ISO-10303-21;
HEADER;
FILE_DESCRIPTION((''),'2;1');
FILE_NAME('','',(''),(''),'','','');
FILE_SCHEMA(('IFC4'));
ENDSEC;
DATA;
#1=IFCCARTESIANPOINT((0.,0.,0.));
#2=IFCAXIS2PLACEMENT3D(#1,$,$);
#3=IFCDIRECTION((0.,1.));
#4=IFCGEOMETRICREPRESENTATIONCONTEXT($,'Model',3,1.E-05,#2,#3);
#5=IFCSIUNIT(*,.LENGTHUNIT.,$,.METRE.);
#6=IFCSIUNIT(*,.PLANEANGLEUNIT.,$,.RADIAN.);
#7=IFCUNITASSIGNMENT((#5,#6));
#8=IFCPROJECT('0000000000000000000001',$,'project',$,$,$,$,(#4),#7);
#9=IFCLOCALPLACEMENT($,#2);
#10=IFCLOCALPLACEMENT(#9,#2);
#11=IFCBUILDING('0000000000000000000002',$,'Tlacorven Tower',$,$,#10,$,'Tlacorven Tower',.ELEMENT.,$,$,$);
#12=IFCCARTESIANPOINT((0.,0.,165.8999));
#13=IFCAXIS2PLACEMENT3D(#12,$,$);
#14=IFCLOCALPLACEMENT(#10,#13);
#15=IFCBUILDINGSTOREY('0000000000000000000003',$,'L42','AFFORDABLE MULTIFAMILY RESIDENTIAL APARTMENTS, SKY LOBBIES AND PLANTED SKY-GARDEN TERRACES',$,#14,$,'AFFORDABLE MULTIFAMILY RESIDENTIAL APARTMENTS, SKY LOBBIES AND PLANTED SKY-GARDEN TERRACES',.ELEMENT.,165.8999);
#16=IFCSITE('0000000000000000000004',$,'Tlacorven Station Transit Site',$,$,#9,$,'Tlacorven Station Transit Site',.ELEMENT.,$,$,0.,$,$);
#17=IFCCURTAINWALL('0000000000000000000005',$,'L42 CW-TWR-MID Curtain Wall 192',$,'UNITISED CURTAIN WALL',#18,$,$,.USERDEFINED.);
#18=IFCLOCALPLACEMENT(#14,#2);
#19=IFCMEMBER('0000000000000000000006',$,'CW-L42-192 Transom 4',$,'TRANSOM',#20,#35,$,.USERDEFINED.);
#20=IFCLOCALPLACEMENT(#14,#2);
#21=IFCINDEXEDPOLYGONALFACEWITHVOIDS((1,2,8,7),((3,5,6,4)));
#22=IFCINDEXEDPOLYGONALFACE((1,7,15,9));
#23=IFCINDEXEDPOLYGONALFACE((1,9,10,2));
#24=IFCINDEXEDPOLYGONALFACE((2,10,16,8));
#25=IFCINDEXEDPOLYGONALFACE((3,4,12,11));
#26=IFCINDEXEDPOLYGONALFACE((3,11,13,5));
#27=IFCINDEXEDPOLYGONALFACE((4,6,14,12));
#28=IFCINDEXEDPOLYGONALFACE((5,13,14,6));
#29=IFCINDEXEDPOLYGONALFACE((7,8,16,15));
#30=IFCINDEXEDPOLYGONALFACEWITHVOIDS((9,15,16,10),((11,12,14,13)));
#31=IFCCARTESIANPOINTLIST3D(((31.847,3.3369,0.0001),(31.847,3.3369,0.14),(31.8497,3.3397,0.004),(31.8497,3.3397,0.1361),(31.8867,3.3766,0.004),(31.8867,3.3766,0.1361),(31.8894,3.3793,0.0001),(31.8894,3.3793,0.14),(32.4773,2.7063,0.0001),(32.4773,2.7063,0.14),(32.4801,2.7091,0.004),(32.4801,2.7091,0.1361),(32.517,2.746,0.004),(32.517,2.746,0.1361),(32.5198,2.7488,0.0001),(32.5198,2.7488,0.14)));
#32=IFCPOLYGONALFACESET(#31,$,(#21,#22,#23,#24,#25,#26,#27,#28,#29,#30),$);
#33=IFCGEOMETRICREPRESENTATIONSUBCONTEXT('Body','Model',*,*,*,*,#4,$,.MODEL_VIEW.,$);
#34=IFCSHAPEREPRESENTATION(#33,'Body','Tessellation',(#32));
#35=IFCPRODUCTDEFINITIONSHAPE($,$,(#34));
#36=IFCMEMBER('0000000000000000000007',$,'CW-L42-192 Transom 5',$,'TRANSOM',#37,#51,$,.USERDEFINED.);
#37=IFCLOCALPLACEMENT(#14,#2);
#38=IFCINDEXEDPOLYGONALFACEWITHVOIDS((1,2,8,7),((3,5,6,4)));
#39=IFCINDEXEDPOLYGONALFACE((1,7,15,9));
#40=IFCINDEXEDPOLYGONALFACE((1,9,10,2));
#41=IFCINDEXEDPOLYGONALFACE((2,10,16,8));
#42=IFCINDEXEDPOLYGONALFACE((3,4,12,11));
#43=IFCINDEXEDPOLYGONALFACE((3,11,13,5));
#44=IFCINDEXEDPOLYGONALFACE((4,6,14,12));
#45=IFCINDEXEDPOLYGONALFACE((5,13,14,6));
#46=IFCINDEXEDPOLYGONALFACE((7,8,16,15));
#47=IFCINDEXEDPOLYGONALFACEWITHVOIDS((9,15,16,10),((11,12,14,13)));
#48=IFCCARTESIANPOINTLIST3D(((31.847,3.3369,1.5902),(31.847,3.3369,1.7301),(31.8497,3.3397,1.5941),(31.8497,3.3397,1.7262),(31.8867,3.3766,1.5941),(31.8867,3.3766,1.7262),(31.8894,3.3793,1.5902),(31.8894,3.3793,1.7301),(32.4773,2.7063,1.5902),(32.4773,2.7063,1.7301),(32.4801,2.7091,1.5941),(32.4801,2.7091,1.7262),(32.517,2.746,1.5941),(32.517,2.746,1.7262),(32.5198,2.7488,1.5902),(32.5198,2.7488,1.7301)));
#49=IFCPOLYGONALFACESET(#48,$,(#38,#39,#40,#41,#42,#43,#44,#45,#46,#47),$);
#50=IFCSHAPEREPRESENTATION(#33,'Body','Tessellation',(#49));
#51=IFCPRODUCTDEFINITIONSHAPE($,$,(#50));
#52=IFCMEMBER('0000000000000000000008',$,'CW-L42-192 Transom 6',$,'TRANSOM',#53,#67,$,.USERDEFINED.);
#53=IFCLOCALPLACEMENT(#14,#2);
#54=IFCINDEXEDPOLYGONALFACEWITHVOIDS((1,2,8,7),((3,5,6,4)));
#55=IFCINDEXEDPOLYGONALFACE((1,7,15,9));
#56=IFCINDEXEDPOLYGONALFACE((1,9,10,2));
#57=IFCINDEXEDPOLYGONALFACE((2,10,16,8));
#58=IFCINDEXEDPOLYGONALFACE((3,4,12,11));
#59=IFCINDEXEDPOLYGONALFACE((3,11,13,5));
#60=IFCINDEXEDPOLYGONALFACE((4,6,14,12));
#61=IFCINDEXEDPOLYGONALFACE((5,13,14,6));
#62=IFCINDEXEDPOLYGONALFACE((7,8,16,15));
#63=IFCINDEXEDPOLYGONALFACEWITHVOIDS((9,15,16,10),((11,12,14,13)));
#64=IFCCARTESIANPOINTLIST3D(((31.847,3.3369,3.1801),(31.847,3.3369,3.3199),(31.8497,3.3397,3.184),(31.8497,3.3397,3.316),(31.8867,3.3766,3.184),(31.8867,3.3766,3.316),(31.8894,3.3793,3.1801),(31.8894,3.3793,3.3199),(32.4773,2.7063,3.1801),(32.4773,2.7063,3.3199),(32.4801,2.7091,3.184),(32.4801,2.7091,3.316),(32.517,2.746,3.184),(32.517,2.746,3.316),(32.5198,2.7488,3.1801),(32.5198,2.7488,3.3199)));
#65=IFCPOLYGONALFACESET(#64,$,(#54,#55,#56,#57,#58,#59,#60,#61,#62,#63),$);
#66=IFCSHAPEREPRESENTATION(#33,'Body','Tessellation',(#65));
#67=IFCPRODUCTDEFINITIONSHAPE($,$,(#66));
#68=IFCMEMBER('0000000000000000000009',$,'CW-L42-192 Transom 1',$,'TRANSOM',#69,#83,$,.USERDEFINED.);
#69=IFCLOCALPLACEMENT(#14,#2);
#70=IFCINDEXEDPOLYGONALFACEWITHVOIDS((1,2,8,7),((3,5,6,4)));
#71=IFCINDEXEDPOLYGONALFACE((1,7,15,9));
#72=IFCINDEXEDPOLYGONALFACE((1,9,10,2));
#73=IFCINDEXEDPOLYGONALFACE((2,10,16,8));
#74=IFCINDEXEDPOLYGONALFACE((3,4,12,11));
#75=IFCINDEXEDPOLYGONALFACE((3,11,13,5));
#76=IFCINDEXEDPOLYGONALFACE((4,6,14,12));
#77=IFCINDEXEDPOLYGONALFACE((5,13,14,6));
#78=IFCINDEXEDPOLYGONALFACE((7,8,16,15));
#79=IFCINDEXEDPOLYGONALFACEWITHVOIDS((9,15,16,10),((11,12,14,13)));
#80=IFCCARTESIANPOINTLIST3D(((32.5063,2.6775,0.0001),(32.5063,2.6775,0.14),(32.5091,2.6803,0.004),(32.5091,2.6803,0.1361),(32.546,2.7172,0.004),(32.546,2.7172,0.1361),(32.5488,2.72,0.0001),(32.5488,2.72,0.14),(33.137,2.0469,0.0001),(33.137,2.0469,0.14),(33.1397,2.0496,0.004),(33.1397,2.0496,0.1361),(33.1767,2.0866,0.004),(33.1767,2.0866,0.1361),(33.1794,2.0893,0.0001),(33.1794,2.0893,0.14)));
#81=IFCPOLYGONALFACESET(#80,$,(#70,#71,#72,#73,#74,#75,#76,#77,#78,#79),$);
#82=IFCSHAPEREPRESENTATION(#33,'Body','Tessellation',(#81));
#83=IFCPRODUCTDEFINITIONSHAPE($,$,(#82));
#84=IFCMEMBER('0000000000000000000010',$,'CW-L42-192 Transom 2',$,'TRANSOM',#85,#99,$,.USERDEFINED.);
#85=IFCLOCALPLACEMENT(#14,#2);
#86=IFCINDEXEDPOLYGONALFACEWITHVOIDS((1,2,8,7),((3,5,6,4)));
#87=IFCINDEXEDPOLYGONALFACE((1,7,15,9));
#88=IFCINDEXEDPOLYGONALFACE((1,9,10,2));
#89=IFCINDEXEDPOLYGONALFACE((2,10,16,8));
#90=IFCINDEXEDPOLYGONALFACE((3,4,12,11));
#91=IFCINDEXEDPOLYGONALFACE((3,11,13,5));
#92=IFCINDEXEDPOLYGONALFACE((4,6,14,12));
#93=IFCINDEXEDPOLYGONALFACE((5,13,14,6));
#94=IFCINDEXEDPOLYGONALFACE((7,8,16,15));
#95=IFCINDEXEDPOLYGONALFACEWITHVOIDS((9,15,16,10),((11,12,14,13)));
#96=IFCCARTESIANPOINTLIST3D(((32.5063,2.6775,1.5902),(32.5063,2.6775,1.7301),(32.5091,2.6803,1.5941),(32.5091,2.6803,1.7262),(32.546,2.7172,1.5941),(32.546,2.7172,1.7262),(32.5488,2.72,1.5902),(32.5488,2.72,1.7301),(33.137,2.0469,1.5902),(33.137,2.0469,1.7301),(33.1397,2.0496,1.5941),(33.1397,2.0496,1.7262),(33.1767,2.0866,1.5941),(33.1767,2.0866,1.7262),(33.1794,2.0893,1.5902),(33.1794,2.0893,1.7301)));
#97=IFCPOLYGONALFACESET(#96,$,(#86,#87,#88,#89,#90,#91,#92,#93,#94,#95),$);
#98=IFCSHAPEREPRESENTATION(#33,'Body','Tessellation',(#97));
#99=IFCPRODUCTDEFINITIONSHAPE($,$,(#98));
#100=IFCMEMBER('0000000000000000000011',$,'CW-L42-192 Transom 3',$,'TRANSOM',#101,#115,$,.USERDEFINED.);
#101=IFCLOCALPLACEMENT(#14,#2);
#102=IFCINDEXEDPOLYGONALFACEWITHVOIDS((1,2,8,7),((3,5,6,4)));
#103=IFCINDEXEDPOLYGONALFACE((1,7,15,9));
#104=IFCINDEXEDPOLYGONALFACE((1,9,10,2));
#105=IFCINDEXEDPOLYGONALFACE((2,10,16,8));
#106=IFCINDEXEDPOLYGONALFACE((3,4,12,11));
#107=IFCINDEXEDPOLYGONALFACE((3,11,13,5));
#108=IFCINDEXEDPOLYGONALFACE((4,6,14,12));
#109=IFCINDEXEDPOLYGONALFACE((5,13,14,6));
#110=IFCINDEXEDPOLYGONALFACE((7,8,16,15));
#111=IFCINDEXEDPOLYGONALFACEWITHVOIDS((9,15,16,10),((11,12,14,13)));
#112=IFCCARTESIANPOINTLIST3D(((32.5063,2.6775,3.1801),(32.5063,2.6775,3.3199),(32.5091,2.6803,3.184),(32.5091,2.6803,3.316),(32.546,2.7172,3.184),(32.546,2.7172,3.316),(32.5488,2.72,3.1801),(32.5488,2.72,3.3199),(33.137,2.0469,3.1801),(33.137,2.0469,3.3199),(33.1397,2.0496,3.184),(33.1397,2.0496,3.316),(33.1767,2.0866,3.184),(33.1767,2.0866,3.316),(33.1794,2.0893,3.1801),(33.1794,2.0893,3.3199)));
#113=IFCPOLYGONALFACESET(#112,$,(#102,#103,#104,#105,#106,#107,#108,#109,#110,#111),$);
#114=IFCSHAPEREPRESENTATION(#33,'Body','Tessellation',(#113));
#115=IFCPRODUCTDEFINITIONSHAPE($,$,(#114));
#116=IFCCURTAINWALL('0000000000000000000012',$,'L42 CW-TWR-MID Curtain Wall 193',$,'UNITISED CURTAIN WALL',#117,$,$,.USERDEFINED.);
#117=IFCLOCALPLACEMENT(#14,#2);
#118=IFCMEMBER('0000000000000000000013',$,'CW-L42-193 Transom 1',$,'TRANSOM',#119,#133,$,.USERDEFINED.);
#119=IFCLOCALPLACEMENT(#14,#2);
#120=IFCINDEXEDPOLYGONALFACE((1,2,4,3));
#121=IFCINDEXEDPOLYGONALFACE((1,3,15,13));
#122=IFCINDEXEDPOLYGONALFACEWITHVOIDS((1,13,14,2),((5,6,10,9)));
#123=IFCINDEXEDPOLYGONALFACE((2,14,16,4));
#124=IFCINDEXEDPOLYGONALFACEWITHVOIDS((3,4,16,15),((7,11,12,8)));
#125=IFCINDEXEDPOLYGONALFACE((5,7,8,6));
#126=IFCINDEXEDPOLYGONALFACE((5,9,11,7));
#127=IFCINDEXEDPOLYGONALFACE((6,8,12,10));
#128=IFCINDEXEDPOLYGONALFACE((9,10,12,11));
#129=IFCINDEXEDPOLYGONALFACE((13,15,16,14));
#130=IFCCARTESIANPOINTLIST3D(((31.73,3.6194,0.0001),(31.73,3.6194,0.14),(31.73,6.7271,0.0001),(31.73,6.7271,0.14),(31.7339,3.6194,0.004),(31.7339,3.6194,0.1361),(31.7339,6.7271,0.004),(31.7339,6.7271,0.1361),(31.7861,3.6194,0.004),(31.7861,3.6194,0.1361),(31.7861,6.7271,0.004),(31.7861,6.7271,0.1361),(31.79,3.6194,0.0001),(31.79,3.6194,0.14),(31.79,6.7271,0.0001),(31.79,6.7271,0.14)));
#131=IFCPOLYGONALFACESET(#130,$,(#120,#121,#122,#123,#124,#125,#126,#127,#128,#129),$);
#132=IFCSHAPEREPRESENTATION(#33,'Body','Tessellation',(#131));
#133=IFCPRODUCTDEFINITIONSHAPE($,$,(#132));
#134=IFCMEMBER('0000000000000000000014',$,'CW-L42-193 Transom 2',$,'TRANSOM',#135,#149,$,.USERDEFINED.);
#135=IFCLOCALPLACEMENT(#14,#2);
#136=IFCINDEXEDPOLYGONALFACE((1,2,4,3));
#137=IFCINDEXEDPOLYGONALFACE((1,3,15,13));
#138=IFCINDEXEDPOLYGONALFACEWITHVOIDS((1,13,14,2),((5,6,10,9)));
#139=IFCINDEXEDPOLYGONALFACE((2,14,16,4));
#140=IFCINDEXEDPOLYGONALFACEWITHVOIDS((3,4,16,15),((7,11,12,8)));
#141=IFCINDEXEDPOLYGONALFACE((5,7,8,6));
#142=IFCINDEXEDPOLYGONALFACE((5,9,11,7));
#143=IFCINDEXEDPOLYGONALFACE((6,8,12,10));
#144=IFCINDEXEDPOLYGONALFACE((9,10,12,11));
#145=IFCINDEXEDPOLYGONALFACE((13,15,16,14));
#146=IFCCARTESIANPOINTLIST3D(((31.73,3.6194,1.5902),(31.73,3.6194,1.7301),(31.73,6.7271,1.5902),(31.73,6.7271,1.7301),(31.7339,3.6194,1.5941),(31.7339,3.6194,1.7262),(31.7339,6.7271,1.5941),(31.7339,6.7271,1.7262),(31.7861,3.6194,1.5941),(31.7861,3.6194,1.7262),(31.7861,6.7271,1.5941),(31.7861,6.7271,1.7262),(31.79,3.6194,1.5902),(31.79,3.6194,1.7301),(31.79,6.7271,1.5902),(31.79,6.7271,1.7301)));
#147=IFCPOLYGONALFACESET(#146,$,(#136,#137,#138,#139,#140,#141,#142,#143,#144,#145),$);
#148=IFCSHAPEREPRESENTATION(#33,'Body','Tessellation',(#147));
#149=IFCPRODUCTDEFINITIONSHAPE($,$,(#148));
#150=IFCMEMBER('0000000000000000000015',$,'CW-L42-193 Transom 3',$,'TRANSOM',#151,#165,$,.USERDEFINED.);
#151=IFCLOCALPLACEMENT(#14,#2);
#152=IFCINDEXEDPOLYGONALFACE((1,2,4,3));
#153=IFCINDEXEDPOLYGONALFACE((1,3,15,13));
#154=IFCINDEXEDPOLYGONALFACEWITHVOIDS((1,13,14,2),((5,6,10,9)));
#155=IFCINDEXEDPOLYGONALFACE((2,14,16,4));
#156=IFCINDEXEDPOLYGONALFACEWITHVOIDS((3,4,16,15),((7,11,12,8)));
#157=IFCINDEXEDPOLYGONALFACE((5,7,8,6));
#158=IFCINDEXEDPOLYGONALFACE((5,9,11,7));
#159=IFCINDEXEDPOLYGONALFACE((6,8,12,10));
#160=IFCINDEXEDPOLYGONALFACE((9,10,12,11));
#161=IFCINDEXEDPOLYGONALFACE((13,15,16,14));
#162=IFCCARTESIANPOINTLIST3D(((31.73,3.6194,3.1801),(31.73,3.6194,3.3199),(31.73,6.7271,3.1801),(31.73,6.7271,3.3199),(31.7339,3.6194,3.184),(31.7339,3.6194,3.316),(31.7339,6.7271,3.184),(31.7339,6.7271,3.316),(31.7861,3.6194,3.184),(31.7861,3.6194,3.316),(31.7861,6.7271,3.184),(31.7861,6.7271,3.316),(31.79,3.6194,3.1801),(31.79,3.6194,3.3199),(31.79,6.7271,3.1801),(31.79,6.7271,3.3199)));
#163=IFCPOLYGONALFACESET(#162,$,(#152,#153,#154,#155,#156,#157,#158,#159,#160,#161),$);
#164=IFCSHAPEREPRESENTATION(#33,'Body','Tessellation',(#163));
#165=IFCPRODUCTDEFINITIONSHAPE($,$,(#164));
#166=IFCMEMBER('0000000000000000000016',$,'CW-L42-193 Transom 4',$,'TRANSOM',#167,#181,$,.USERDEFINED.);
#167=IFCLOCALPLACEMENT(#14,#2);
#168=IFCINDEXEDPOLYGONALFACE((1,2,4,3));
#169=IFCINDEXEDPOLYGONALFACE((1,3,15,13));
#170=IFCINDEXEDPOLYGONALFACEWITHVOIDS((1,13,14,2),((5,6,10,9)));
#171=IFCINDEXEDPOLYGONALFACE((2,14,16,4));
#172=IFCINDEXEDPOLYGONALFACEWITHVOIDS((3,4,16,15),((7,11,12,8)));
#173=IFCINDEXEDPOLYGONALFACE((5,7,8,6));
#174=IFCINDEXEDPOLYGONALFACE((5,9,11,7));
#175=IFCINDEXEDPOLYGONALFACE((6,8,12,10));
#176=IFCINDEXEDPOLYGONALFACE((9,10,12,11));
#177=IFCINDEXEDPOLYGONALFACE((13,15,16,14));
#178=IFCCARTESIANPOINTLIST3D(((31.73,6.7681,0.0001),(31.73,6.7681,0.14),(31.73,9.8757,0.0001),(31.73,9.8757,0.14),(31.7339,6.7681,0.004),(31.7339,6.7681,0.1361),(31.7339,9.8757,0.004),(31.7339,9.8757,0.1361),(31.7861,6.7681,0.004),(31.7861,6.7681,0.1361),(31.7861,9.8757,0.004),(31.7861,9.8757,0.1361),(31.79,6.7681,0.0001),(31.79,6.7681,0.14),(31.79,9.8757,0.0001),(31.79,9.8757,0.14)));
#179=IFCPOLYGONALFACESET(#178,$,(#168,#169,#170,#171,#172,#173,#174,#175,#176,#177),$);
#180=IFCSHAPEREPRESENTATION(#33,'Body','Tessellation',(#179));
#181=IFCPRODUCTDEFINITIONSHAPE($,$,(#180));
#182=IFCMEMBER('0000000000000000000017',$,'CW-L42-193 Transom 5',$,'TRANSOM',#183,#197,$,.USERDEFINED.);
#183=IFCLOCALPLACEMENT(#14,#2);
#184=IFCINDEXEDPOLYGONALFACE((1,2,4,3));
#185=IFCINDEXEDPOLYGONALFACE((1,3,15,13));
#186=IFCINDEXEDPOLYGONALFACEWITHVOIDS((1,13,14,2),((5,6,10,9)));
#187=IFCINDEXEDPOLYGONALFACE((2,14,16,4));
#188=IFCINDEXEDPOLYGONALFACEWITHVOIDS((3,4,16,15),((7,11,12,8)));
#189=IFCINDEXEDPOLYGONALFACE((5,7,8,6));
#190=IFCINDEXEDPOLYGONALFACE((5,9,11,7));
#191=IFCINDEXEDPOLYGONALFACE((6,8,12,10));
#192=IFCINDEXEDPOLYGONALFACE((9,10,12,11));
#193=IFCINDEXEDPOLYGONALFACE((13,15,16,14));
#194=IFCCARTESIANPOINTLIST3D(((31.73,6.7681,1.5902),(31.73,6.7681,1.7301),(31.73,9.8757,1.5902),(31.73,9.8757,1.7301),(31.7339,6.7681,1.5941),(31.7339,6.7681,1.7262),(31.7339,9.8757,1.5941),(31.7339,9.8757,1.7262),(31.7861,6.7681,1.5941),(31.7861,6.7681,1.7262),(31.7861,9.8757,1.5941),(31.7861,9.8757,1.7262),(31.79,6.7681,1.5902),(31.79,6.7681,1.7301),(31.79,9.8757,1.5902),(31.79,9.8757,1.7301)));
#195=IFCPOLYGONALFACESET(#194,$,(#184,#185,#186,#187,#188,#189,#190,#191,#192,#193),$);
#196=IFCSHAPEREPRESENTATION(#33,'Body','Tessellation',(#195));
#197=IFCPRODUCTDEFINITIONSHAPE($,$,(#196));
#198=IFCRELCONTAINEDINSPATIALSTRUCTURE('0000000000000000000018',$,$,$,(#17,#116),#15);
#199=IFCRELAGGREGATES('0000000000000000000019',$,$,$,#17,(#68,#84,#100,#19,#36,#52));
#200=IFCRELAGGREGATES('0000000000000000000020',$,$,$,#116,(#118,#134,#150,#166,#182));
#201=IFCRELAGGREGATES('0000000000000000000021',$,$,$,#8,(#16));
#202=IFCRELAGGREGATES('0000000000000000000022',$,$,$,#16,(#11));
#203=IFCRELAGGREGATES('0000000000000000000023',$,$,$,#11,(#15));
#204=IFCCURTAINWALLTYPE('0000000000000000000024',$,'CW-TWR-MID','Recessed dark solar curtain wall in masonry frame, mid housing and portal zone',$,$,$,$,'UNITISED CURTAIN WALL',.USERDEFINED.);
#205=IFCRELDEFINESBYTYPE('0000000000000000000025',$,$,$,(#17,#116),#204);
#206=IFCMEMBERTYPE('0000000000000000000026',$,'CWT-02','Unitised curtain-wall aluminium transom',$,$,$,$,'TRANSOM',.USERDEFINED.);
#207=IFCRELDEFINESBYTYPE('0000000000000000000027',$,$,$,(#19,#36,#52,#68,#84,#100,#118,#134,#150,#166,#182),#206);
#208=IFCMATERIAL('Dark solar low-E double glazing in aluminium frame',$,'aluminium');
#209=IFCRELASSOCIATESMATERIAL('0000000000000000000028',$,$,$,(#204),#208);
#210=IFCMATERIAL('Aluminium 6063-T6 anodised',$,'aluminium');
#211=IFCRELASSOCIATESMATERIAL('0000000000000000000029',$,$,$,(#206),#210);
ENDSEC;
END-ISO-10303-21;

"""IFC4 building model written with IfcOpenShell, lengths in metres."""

from ifc_helpers import new_model, si_unit, direction, frame, origin, origin_2d, place, context, subcontext, project, spatial, hollow_rectangle, extrude, source, transform, mapped, material, material_profile, profile_set, type_object, element, aggregate, save


model = new_model("IFC4")

# Units and contexts
model_context = context("Model", 3, precision=1e-05, world=origin(), true_north=direction((0.0, 1.0)))
body_context = subcontext(model_context, "Body", "Model", "MODEL_VIEW")
ifc_project = project(units=[si_unit("LENGTHUNIT", "METRE"), si_unit("PLANEANGLEUNIT", "RADIAN")], contexts=[model_context])

# Site, building, storey
site_placement = place(None, origin())
site = spatial("IfcSite", under=ifc_project, at=site_placement, Name="Tlacorven Station Transit Site", LongName="Tlacorven Station Transit Site", CompositionType="ELEMENT", RefElevation=0.0)
building_placement = place(site_placement, origin())
building = spatial("IfcBuilding", under=site, at=building_placement, Name="Tlacorven Tower", LongName="Tlacorven Tower", CompositionType="ELEMENT")
storey_placement = place(building_placement, frame((0.0, 0.0, 165.8999)))
storey = spatial("IfcBuildingStorey", under=building, at=storey_placement, Name="L42", Description="AFFORDABLE MULTIFAMILY RESIDENTIAL APARTMENTS, SKY LOBBIES AND PLANTED SKY-GARDEN TERRACES", LongName="AFFORDABLE MULTIFAMILY RESIDENTIAL APARTMENTS, SKY LOBBIES AND PLANTED SKY-GARDEN TERRACES", CompositionType="ELEMENT", Elevation=165.8999)

# Curtain walls, members
ifc_material_1 = material(Name="Dark solar low-E double glazing in aluminium frame", Category="aluminium")
curtain_wall_type = type_object("IfcCurtainWallType", Name="CW-TWR-MID", Description="Recessed dark solar curtain wall in masonry frame, mid housing and portal zone", ElementType="UNITISED CURTAIN WALL", PredefinedType="USERDEFINED", material=ifc_material_1)
curtain_wall_1_placement = place(storey_placement, origin())
curtain_wall_1 = element("IfcCurtainWall", 1, at=curtain_wall_1_placement, inside=storey, type_object=curtain_wall_type, Name="L42 CW-TWR-MID Curtain Wall 192", ObjectType="UNITISED CURTAIN WALL", PredefinedType="USERDEFINED")
ifc_material_2 = material(Name="Aluminium 6063-T6 anodised", Category="aluminium")
ifc_material_profile_1 = material_profile(ifc_material_2, hollow_rectangle(XDim=0.0601, YDim=0.1399, WallThickness=0.0039, at=origin_2d()), Name="ALU TRANSOM 60X140")
ifc_profile_set_1 = profile_set([ifc_material_profile_1], Name="Aluminium 6063-T6 anodised")
member_type_1 = type_object("IfcMemberType", Name="CWT-02", Description="Unitised curtain-wall aluminium transom", ElementType="TRANSOM", PredefinedType="USERDEFINED", material=ifc_profile_set_1)
shared_shape_1 = source(origin(), body_context, "Body", "SweptSolid", [
    extrude(hollow_rectangle(XDim=0.0601, YDim=0.1399, WallThickness=0.0039, at=origin_2d()), origin(), (0.0, 0.0, 1.0), 0.8916),
])
member_1_placement = place(storey_placement, frame((32.4985, 2.7275, 0.0701), z_axis=(-0.70697, 0.707244, 0.0), x_axis=(-0.707244, -0.70697, 0.0)))
member_1 = element("IfcMember", 2, at=member_1_placement, type_object=member_type_1, Name="CW-L42-192 Transom 4", ObjectType="TRANSOM", PredefinedType="USERDEFINED", context=body_context, shape_type="MappedRepresentation", body=[
    mapped(shared_shape_1, transform((0.0, 0.0, 0.0), scale=1.0)),
])
member_2_placement = place(storey_placement, frame((32.4985, 2.7275, 1.6602), z_axis=(-0.70697, 0.707244, 0.0), x_axis=(-0.707244, -0.70697, 0.0)))
member_2 = element("IfcMember", 3, at=member_2_placement, type_object=member_type_1, Name="CW-L42-192 Transom 5", ObjectType="TRANSOM", PredefinedType="USERDEFINED", context=body_context, shape_type="MappedRepresentation", body=[
    mapped(shared_shape_1, transform((0.0, 0.0, 0.0), scale=1.0)),
])
member_3_placement = place(storey_placement, frame((32.4985, 2.7275, 3.25), z_axis=(-0.70697, 0.707244, 0.0), x_axis=(-0.707244, -0.70697, 0.0)))
member_3 = element("IfcMember", 4, at=member_3_placement, type_object=member_type_1, Name="CW-L42-192 Transom 6", ObjectType="TRANSOM", PredefinedType="USERDEFINED", context=body_context, shape_type="MappedRepresentation", body=[
    mapped(shared_shape_1, transform((0.0, 0.0, 0.0), scale=1.0)),
])
shared_shape_2 = source(origin(), body_context, "Body", "SweptSolid", [
    extrude(hollow_rectangle(XDim=0.0601, YDim=0.1399, WallThickness=0.0039, at=origin_2d()), origin(), (0.0, 0.0, 1.0), 0.8918),
])
member_4_placement = place(storey_placement, frame((33.1582, 2.0681, 0.0701), z_axis=(-0.707107, 0.707107, 0.0), x_axis=(-0.707107, -0.707107, 0.0)))
member_4 = element("IfcMember", 5, at=member_4_placement, type_object=member_type_1, Name="CW-L42-192 Transom 1", ObjectType="TRANSOM", PredefinedType="USERDEFINED", context=body_context, shape_type="MappedRepresentation", body=[
    mapped(shared_shape_2, transform((0.0, 0.0, 0.0), scale=1.0)),
])
member_5_placement = place(storey_placement, frame((33.1582, 2.0681, 1.6602), z_axis=(-0.707107, 0.707107, 0.0), x_axis=(-0.707107, -0.707107, 0.0)))
member_5 = element("IfcMember", 6, at=member_5_placement, type_object=member_type_1, Name="CW-L42-192 Transom 2", ObjectType="TRANSOM", PredefinedType="USERDEFINED", context=body_context, shape_type="MappedRepresentation", body=[
    mapped(shared_shape_2, transform((0.0, 0.0, 0.0), scale=1.0)),
])
member_6_placement = place(storey_placement, frame((33.1582, 2.0681, 3.25), z_axis=(-0.707107, 0.707107, 0.0), x_axis=(-0.707107, -0.707107, 0.0)))
member_6 = element("IfcMember", 7, at=member_6_placement, type_object=member_type_1, Name="CW-L42-192 Transom 3", ObjectType="TRANSOM", PredefinedType="USERDEFINED", context=body_context, shape_type="MappedRepresentation", body=[
    mapped(shared_shape_2, transform((0.0, 0.0, 0.0), scale=1.0)),
])
curtain_wall_2_placement = place(storey_placement, origin())
curtain_wall_2 = element("IfcCurtainWall", 8, at=curtain_wall_2_placement, inside=storey, type_object=curtain_wall_type, Name="L42 CW-TWR-MID Curtain Wall 193", ObjectType="UNITISED CURTAIN WALL", PredefinedType="USERDEFINED")
shared_shape_3 = source(origin(), body_context, "Body", "SweptSolid", [
    extrude(hollow_rectangle(XDim=0.0601, YDim=0.1399, WallThickness=0.0039, at=origin_2d()), origin(), (0.0, 0.0, 1.0), 3.1077),
])
member_7_placement = place(storey_placement, frame((31.76, 3.6194, 0.0701), z_axis=(0.0, 1.0, 0.0), x_axis=(-1.0, 0.0, 0.0)))
member_7 = element("IfcMember", 9, at=member_7_placement, type_object=member_type_1, Name="CW-L42-193 Transom 1", ObjectType="TRANSOM", PredefinedType="USERDEFINED", context=body_context, shape_type="MappedRepresentation", body=[
    mapped(shared_shape_3, transform((0.0, 0.0, 0.0), scale=1.0)),
])
member_8_placement = place(storey_placement, frame((31.76, 3.6194, 1.6602), z_axis=(0.0, 1.0, 0.0), x_axis=(-1.0, 0.0, 0.0)))
member_8 = element("IfcMember", 10, at=member_8_placement, type_object=member_type_1, Name="CW-L42-193 Transom 2", ObjectType="TRANSOM", PredefinedType="USERDEFINED", context=body_context, shape_type="MappedRepresentation", body=[
    mapped(shared_shape_3, transform((0.0, 0.0, 0.0), scale=1.0)),
])
member_9_placement = place(storey_placement, frame((31.76, 3.6194, 3.25), z_axis=(0.0, 1.0, 0.0), x_axis=(-1.0, 0.0, 0.0)))
member_9 = element("IfcMember", 11, at=member_9_placement, type_object=member_type_1, Name="CW-L42-193 Transom 3", ObjectType="TRANSOM", PredefinedType="USERDEFINED", context=body_context, shape_type="MappedRepresentation", body=[
    mapped(shared_shape_3, transform((0.0, 0.0, 0.0), scale=1.0)),
])
member_10_placement = place(storey_placement, frame((31.76, 6.7681, 0.0701), z_axis=(0.0, 1.0, 0.0), x_axis=(-1.0, 0.0, 0.0)))
member_10 = element("IfcMember", 12, at=member_10_placement, type_object=member_type_1, Name="CW-L42-193 Transom 4", ObjectType="TRANSOM", PredefinedType="USERDEFINED", context=body_context, shape_type="MappedRepresentation", body=[
    mapped(shared_shape_3, transform((0.0, 0.0, 0.0), scale=1.0)),
])
member_11_placement = place(storey_placement, frame((31.76, 6.7681, 1.6602), z_axis=(0.0, 1.0, 0.0), x_axis=(-1.0, 0.0, 0.0)))
member_11 = element("IfcMember", 13, at=member_11_placement, type_object=member_type_1, Name="CW-L42-193 Transom 5", ObjectType="TRANSOM", PredefinedType="USERDEFINED", context=body_context, shape_type="MappedRepresentation", body=[
    mapped(shared_shape_3, transform((0.0, 0.0, 0.0), scale=1.0)),
])

aggregate(curtain_wall_1, [member_4, member_5, member_6, member_1, member_2, member_3])
aggregate(curtain_wall_2, [member_7, member_8, member_9, member_10, member_11])

save(model, "model.ifc")
